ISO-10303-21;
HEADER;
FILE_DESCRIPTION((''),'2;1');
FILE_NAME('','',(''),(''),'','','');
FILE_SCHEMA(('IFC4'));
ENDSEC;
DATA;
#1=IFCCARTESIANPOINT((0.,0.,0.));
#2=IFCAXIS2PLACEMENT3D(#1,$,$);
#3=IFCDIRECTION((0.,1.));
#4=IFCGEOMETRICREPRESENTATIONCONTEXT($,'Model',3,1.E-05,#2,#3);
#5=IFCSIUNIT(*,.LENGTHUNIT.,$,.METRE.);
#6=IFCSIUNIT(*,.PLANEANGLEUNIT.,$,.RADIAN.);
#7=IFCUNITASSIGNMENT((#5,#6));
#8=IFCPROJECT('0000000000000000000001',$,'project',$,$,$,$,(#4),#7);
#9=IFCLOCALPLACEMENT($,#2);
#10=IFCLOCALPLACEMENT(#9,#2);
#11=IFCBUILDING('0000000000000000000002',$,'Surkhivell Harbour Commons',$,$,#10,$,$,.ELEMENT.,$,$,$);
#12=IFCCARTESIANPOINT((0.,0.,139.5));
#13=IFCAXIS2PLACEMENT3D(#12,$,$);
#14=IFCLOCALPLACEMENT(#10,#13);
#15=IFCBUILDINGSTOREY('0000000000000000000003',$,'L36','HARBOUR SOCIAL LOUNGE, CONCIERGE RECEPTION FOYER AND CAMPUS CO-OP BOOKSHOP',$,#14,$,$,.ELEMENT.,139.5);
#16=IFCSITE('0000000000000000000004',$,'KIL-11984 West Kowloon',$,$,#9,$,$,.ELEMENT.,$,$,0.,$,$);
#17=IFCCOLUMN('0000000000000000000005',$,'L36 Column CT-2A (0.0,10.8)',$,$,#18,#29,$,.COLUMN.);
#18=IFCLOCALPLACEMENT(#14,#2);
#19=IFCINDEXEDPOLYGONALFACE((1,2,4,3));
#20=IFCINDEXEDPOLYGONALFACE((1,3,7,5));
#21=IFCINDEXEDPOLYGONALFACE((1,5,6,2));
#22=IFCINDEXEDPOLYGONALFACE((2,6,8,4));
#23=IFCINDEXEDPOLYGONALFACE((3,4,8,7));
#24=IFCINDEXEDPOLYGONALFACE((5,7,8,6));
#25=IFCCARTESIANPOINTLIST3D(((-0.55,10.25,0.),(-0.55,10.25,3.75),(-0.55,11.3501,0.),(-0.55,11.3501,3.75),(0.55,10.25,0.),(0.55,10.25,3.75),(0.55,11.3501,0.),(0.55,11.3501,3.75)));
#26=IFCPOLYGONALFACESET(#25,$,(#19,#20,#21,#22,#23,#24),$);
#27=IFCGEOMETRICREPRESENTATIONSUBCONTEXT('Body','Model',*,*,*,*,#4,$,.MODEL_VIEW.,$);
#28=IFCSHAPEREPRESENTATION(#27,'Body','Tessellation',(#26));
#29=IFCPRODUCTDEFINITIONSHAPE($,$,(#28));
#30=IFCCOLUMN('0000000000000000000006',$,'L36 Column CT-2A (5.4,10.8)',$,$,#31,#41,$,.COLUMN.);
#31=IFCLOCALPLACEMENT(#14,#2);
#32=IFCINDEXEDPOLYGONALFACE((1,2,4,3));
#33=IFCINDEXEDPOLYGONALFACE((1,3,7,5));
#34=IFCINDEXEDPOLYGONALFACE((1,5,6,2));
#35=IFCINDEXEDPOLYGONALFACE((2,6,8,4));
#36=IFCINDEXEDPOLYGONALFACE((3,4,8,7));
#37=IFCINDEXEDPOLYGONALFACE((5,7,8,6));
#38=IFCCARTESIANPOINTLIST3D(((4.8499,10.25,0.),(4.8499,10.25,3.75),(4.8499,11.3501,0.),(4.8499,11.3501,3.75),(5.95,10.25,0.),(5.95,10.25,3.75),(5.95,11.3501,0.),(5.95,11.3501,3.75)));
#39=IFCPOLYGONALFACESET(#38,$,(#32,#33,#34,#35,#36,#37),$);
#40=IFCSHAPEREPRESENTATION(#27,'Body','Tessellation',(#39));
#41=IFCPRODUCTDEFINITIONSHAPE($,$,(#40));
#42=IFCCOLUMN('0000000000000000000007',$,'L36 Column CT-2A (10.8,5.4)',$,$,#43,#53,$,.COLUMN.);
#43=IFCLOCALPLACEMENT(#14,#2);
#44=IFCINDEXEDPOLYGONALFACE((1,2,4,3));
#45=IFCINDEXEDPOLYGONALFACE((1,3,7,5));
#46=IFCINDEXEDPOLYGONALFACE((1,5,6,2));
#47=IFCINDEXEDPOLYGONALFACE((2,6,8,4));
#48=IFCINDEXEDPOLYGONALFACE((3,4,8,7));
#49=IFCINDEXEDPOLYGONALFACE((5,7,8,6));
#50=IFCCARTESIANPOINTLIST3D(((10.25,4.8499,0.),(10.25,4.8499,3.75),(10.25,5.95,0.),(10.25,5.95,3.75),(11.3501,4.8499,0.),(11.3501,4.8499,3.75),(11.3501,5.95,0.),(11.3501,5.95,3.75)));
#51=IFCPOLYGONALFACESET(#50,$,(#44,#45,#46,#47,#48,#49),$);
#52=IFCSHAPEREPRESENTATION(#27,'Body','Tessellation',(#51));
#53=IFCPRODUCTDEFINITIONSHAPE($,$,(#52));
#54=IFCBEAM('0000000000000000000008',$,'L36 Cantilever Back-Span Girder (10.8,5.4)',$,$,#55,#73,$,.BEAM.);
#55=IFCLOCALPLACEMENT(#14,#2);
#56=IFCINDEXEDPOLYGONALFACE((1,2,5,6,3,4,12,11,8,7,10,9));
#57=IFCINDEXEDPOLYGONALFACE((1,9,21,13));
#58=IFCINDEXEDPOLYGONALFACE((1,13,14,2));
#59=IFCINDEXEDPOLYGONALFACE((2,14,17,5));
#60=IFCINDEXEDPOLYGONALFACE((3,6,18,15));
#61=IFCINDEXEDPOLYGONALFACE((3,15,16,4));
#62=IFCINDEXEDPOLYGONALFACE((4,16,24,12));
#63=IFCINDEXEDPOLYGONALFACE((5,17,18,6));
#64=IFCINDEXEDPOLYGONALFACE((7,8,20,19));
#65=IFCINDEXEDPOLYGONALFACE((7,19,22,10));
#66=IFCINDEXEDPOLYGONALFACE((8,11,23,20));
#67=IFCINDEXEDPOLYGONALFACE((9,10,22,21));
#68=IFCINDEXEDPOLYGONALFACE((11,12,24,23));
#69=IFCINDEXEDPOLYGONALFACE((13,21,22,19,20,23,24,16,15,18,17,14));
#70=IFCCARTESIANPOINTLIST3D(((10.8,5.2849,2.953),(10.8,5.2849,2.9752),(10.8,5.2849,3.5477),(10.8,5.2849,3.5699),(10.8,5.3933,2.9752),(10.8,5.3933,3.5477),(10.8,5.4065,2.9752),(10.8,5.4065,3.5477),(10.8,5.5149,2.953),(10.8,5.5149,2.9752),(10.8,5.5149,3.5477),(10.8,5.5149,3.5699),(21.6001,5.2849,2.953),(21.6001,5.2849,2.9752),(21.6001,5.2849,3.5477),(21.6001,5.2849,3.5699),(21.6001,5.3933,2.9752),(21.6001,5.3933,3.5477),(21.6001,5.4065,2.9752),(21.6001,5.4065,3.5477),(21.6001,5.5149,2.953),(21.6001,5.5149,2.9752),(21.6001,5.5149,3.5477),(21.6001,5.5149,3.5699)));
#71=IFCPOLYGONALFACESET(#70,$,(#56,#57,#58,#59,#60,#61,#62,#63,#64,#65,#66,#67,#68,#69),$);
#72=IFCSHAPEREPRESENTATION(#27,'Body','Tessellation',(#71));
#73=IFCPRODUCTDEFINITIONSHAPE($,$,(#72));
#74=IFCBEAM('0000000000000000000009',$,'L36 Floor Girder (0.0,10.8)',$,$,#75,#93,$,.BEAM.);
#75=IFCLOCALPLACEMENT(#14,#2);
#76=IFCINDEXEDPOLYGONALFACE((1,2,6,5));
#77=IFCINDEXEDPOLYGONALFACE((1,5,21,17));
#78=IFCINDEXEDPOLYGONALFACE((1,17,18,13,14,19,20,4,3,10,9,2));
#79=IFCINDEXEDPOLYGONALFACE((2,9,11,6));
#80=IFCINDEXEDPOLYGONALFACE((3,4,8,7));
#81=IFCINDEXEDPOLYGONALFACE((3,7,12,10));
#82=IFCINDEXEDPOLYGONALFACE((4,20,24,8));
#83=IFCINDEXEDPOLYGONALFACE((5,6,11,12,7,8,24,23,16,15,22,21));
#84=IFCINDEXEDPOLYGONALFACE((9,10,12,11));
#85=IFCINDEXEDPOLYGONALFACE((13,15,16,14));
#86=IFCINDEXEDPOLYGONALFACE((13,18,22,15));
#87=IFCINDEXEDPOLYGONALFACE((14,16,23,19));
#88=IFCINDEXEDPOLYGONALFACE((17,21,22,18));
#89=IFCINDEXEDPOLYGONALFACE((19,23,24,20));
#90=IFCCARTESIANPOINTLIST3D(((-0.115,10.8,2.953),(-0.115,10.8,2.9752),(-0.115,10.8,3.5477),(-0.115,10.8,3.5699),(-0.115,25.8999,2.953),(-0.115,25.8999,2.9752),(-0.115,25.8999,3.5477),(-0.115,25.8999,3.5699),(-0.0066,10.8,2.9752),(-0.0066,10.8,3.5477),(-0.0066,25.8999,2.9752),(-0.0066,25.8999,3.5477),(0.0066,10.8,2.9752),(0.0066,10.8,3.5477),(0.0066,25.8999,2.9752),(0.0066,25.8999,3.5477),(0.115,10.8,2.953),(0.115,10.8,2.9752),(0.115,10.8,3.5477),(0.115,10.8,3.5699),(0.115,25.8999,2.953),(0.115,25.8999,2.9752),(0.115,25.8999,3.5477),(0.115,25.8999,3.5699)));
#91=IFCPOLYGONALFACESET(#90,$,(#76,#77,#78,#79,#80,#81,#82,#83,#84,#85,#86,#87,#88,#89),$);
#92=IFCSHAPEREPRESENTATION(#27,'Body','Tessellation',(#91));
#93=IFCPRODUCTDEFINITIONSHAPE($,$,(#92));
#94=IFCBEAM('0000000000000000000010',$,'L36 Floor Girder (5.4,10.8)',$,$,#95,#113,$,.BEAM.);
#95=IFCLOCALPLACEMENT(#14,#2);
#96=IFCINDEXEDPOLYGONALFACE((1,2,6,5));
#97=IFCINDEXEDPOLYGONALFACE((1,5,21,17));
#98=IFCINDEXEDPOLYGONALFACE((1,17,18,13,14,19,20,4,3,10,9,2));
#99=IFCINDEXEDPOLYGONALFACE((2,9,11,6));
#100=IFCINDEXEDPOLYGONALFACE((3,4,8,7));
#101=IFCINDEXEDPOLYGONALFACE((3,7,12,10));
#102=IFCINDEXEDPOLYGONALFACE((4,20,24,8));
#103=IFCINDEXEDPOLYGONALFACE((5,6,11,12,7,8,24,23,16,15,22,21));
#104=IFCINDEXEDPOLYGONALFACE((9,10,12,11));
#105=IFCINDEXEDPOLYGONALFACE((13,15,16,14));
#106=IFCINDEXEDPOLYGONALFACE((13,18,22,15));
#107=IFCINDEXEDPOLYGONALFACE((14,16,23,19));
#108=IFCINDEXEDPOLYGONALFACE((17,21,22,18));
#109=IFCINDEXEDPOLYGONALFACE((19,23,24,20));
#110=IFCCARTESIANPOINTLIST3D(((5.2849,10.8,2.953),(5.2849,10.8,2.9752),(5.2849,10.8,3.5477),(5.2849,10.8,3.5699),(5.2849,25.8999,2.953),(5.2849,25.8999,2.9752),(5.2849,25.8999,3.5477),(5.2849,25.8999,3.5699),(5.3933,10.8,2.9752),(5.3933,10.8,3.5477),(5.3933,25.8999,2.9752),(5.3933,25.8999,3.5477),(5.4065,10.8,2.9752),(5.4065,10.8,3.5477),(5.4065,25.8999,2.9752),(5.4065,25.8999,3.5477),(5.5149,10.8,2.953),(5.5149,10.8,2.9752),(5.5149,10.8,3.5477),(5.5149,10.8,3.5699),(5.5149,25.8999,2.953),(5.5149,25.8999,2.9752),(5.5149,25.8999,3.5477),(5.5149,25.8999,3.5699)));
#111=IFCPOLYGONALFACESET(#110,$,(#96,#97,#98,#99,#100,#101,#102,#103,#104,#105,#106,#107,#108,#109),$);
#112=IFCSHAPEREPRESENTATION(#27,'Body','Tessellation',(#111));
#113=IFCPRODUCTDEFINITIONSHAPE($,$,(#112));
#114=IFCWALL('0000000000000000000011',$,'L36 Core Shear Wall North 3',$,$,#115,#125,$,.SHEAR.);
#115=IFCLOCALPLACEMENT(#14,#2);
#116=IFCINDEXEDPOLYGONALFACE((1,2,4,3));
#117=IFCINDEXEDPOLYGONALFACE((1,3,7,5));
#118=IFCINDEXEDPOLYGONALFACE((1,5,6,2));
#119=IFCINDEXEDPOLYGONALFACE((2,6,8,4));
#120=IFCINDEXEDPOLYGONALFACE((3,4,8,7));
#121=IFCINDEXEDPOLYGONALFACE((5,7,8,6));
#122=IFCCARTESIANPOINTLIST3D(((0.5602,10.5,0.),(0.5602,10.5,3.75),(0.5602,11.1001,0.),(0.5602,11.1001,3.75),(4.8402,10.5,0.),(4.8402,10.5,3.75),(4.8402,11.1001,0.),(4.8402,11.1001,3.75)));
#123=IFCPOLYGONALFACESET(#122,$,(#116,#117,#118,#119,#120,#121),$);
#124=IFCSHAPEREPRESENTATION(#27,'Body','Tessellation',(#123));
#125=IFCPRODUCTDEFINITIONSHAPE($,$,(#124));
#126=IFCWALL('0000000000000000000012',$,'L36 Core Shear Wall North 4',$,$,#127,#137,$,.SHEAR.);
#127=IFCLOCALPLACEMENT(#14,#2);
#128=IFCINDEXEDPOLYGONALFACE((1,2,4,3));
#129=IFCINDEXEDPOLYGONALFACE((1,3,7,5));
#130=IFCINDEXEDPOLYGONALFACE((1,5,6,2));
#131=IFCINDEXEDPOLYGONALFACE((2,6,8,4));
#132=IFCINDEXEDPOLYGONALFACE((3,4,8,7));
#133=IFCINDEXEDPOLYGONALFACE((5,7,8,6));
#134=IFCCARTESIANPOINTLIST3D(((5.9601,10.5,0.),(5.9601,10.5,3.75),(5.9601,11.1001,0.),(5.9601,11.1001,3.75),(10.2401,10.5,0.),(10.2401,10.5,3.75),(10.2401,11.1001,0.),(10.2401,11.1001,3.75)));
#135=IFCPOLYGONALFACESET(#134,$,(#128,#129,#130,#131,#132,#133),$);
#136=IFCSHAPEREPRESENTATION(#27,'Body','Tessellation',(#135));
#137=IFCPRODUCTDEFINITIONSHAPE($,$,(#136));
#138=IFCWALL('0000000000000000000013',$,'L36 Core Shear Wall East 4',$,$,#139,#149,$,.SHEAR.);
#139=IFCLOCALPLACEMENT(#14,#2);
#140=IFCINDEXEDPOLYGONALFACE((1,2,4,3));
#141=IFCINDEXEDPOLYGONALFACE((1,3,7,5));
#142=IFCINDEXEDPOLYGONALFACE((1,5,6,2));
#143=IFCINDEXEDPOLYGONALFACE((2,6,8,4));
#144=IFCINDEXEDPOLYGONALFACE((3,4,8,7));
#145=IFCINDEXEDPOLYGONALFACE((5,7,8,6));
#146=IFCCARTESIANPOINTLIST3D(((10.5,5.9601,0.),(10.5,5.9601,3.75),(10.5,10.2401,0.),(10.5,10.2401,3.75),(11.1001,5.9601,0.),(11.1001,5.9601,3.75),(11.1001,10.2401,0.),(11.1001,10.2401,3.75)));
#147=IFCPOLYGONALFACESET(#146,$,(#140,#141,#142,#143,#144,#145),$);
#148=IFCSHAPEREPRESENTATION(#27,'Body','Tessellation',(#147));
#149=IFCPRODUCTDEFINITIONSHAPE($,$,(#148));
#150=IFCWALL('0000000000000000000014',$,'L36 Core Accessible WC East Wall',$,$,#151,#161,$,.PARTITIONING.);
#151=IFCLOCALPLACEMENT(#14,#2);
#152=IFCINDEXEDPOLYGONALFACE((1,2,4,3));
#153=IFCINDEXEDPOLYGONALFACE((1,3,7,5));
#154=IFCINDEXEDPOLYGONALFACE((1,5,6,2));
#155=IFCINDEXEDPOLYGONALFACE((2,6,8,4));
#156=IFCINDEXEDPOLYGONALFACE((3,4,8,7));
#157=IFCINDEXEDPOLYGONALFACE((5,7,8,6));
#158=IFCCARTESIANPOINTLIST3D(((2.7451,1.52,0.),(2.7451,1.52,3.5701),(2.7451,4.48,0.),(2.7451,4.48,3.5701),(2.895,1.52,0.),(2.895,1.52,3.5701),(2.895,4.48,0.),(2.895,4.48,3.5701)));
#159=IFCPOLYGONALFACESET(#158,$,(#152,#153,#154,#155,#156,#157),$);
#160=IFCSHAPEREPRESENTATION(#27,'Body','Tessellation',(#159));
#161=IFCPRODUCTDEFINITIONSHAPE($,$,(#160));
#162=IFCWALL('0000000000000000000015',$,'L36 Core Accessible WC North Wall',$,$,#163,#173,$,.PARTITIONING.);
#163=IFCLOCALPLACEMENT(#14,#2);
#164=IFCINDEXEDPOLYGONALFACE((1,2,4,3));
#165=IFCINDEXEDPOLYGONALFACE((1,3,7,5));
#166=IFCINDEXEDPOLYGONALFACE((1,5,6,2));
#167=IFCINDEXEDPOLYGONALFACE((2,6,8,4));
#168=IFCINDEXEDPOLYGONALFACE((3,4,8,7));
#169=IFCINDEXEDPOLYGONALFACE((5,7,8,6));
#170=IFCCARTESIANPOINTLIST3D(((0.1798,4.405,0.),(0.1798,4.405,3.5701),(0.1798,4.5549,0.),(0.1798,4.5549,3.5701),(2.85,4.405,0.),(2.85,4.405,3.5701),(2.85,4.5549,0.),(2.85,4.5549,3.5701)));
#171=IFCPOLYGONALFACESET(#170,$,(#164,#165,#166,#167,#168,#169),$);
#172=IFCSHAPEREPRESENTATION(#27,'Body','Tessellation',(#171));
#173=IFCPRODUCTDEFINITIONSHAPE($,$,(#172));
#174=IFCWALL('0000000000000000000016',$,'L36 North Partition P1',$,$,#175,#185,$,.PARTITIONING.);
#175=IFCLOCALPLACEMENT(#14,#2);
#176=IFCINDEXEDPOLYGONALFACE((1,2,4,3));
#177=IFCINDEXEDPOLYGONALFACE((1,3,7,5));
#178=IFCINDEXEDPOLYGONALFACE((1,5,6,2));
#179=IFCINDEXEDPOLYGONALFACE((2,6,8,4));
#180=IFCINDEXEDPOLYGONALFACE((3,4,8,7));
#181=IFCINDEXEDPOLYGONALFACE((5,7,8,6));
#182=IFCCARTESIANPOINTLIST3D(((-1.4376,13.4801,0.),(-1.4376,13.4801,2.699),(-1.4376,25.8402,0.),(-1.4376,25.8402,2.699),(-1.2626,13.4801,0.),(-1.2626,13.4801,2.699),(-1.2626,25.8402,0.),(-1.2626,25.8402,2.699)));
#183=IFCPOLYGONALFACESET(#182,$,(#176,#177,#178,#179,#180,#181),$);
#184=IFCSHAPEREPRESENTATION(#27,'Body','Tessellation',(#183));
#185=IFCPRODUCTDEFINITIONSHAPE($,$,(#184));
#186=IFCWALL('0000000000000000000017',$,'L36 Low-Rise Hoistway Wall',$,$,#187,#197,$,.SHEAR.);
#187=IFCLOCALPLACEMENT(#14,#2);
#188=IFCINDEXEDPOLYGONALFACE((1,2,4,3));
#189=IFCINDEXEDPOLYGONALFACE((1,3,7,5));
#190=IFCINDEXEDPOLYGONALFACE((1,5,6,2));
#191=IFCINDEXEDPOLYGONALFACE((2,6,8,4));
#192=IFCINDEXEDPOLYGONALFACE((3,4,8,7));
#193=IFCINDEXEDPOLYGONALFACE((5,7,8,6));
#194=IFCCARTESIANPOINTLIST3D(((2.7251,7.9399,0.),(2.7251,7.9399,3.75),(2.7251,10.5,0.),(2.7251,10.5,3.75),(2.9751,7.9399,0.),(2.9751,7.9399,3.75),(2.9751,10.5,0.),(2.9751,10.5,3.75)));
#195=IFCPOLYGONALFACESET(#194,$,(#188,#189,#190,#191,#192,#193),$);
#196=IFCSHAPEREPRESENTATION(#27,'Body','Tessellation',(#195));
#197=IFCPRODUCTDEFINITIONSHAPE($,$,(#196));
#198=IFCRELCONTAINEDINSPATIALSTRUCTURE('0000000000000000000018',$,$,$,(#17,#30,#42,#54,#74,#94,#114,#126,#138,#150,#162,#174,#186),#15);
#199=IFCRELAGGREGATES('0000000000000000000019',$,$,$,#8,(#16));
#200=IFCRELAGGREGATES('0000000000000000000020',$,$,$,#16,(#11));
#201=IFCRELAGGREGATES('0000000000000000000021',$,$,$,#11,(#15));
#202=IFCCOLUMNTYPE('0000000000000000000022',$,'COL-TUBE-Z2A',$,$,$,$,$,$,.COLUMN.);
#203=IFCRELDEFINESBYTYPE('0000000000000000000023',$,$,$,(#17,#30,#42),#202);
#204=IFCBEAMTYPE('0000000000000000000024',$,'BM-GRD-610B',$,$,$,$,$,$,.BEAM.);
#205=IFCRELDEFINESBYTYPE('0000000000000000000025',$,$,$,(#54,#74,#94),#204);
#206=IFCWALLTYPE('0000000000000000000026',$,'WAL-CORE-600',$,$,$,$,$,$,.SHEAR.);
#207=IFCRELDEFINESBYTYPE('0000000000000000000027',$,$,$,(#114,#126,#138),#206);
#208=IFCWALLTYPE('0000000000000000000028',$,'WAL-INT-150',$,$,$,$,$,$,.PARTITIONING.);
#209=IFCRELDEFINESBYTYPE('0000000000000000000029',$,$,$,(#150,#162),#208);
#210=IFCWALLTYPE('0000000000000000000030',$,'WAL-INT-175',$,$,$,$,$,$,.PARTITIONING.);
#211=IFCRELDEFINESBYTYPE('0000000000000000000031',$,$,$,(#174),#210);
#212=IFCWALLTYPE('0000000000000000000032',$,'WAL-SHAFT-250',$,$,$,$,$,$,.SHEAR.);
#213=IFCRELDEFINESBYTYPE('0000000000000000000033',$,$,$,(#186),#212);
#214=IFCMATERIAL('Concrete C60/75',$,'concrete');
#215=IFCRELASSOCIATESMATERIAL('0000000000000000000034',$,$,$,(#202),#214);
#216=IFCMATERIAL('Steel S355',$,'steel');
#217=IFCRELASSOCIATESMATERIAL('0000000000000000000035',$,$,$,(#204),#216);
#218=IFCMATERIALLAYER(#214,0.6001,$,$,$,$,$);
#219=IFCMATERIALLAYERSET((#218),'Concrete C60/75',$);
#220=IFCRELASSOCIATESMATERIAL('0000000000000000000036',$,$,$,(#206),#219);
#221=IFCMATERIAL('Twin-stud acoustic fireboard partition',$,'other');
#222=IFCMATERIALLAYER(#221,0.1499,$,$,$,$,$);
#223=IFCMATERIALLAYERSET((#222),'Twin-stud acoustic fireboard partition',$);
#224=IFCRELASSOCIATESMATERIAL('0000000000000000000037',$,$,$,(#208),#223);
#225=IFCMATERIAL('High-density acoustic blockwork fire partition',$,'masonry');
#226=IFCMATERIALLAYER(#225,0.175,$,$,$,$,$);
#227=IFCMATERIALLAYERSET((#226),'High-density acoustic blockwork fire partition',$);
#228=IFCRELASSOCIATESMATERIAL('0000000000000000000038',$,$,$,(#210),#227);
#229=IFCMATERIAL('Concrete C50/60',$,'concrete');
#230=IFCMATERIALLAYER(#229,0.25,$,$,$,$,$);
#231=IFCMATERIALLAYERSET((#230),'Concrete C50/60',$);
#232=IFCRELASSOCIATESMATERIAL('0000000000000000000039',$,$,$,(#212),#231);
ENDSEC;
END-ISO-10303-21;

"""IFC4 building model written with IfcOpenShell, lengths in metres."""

from ifc_helpers import new_model, si_unit, direction, frame, frame_2d, origin, origin_2d, place, context, subcontext, project, spatial, rectangle, i_section, extrude, material, layer, layer_set, material_profile, profile_set, type_object, element, save


model = new_model("IFC4")

# Units and contexts
model_context = context("Model", 3, precision=1e-05, world=origin(), true_north=direction((0.0, 1.0)))
body_context = subcontext(model_context, "Body", "Model", "MODEL_VIEW")
ifc_project = project(units=[si_unit("LENGTHUNIT", "METRE"), si_unit("PLANEANGLEUNIT", "RADIAN")], contexts=[model_context])

# Site, building, storey
site_placement = place(None, origin())
site = spatial("IfcSite", under=ifc_project, at=site_placement, Name="KIL-11984 West Kowloon", CompositionType="ELEMENT", RefElevation=0.0)
building_placement = place(site_placement, origin())
building = spatial("IfcBuilding", under=site, at=building_placement, Name="Surkhivell Harbour Commons", CompositionType="ELEMENT")
storey_placement = place(building_placement, frame((0.0, 0.0, 139.5)))
storey = spatial("IfcBuildingStorey", under=building, at=storey_placement, Name="L36", Description="HARBOUR SOCIAL LOUNGE, CONCIERGE RECEPTION FOYER AND CAMPUS CO-OP BOOKSHOP", CompositionType="ELEMENT", Elevation=139.5)

# Columns
ifc_material_1 = material(Name="Concrete C60/75", Category="concrete")
ifc_material_profile_1 = material_profile(ifc_material_1, rectangle(XDim=1.1001, YDim=1.1001, at=origin_2d()), Name="RC-COL-1100x1100")
ifc_profile_set_1 = profile_set([ifc_material_profile_1], Name="Concrete C60/75")
column_type = type_object("IfcColumnType", Name="COL-TUBE-Z2A", PredefinedType="COLUMN", material=ifc_profile_set_1)
for number, where, z_axis, x_axis, name in (
    (1, (0.0, 10.8, 0.0), (0.0, 0.0, 1.0), (1.0, 0.0, 0.0), "L36 Column CT-2A (0.0,10.8)"),
    (2, (5.3999, 10.8, 0.0), (0.0, 0.0, 1.0), (1.0, 0.0, 0.0), "L36 Column CT-2A (5.4,10.8)"),
    (3, (10.8, 5.3999, 0.0), (0.0, 0.0, 1.0), (1.0, 0.0, 0.0), "L36 Column CT-2A (10.8,5.4)"),
):
    element("IfcColumn", number, at=place(storey_placement, frame(where, z_axis=z_axis, x_axis=x_axis)), inside=storey, type_object=column_type, Name=name, PredefinedType="COLUMN", context=body_context, shape_type="SweptSolid", body=[
        extrude(rectangle(XDim=1.1001, YDim=1.1001, at=origin_2d()), origin(), (0.0, 0.0, 1.0), 3.75),
    ])

# Beams
ifc_material_2 = material(Name="Steel S355", Category="steel")
ifc_material_profile_2 = material_profile(ifc_material_2, i_section(OverallWidth=0.23, OverallDepth=0.6169, WebThickness=0.0132, FlangeThickness=0.0222, at=origin_2d()), Name="UB610x229x140")
ifc_profile_set_2 = profile_set([ifc_material_profile_2], Name="Steel S355")
beam_type = type_object("IfcBeamType", Name="BM-GRD-610B", PredefinedType="BEAM", material=ifc_profile_set_2)
beam_placement = place(storey_placement, frame((10.8, 5.3999, 3.2615), z_axis=(1.0, 0.0, 0.0), x_axis=(0.0, 1.0, 0.0)))
element("IfcBeam", 4, at=beam_placement, inside=storey, type_object=beam_type, Name="L36 Cantilever Back-Span Girder (10.8,5.4)", PredefinedType="BEAM", context=body_context, shape_type="SweptSolid", body=[
    extrude(i_section(OverallWidth=0.23, OverallDepth=0.6169, WebThickness=0.0132, FlangeThickness=0.0222, at=origin_2d()), origin(), (0.0, 0.0, 1.0), 10.8),
])
for number, where, z_axis, x_axis, name in (
    (5, (0.0, 10.8, 3.2615), (0.0, 1.0, 0.0), (-1.0, 0.0, 0.0), "L36 Floor Girder (0.0,10.8)"),
    (6, (5.3999, 10.8, 3.2615), (0.0, 1.0, 0.0), (-1.0, 0.0, 0.0), "L36 Floor Girder (5.4,10.8)"),
):
    element("IfcBeam", number, at=place(storey_placement, frame(where, z_axis=z_axis, x_axis=x_axis)), inside=storey, type_object=beam_type, Name=name, PredefinedType="BEAM", context=body_context, shape_type="SweptSolid", body=[
        extrude(i_section(OverallWidth=0.23, OverallDepth=0.6169, WebThickness=0.0132, FlangeThickness=0.0222, at=origin_2d()), origin(), (0.0, 0.0, 1.0), 15.0999),
    ])

# Walls
ifc_layer_1 = layer(ifc_material_1, 0.6001)
ifc_layer_set_1 = layer_set([ifc_layer_1], Name="Concrete C60/75")
wall_type_1 = type_object("IfcWallType", Name="WAL-CORE-600", PredefinedType="SHEAR", material=ifc_layer_set_1)
for number, where, z_axis, x_axis, name in (
    (7, (0.5601, 10.8, 0.0), (0.0, 0.0, 1.0), (1.0, 0.0, 0.0), "L36 Core Shear Wall North 3"),
    (8, (5.96, 10.8, 0.0), (0.0, 0.0, 1.0), (1.0, 0.0, 0.0), "L36 Core Shear Wall North 4"),
    (9, (10.8, 5.96, 0.0), (0.0, 0.0, 1.0), (0.0, 1.0, 0.0), "L36 Core Shear Wall East 4"),
):
    element("IfcWall", number, at=place(storey_placement, frame(where, z_axis=z_axis, x_axis=x_axis)), inside=storey, type_object=wall_type_1, Name=name, PredefinedType="SHEAR", context=body_context, shape_type="SweptSolid", body=[
        extrude(rectangle(XDim=4.28, YDim=0.6001, at=frame_2d((2.1401, 0.0))), origin(), (0.0, 0.0, 1.0), 3.75),
    ])
ifc_material_3 = material(Name="Twin-stud acoustic fireboard partition", Category="other")
ifc_layer_2 = layer(ifc_material_3, 0.1499)
ifc_layer_set_2 = layer_set([ifc_layer_2], Name="Twin-stud acoustic fireboard partition")
wall_type_2 = type_object("IfcWallType", Name="WAL-INT-150", PredefinedType="PARTITIONING", material=ifc_layer_set_2)
wall_1_placement = place(storey_placement, frame((2.8201, 1.52, 0.0), z_axis=(0.0, 0.0, 1.0), x_axis=(0.0, 1.0, 0.0)))
element("IfcWall", 10, at=wall_1_placement, inside=storey, type_object=wall_type_2, Name="L36 Core Accessible WC East Wall", PredefinedType="PARTITIONING", context=body_context, shape_type="SweptSolid", body=[
    extrude(rectangle(XDim=2.96, YDim=0.1499, at=frame_2d((1.48, 0.0))), origin(), (0.0, 0.0, 1.0), 3.5701),
])
wall_2_placement = place(storey_placement, frame((0.1799, 4.48, 0.0), z_axis=(0.0, 0.0, 1.0), x_axis=(1.0, 0.0, 0.0)))
element("IfcWall", 11, at=wall_2_placement, inside=storey, type_object=wall_type_2, Name="L36 Core Accessible WC North Wall", PredefinedType="PARTITIONING", context=body_context, shape_type="SweptSolid", body=[
    extrude(rectangle(XDim=2.6702, YDim=0.1499, at=frame_2d((1.335, 0.0))), origin(), (0.0, 0.0, 1.0), 3.5701),
])
ifc_material_4 = material(Name="High-density acoustic blockwork fire partition", Category="masonry")
ifc_layer_3 = layer(ifc_material_4, 0.175)
ifc_layer_set_3 = layer_set([ifc_layer_3], Name="High-density acoustic blockwork fire partition")
wall_type_3 = type_object("IfcWallType", Name="WAL-INT-175", PredefinedType="PARTITIONING", material=ifc_layer_set_3)
wall_3_placement = place(storey_placement, frame((-1.3501, 13.48, 0.0), z_axis=(0.0, 0.0, 1.0), x_axis=(0.0, 1.0, 0.0)))
element("IfcWall", 12, at=wall_3_placement, inside=storey, type_object=wall_type_3, Name="L36 North Partition P1", PredefinedType="PARTITIONING", context=body_context, shape_type="SweptSolid", body=[
    extrude(rectangle(XDim=12.3601, YDim=0.175, at=frame_2d((6.1802, 0.0))), origin(), (0.0, 0.0, 1.0), 2.699),
])
ifc_material_5 = material(Name="Concrete C50/60", Category="concrete")
ifc_layer_4 = layer(ifc_material_5, 0.25)
ifc_layer_set_4 = layer_set([ifc_layer_4], Name="Concrete C50/60")
wall_type_4 = type_object("IfcWallType", Name="WAL-SHAFT-250", PredefinedType="SHEAR", material=ifc_layer_set_4)
wall_4_placement = place(storey_placement, frame((2.8501, 7.9399, 0.0), z_axis=(0.0, 0.0, 1.0), x_axis=(0.0, 1.0, 0.0)))
element("IfcWall", 13, at=wall_4_placement, inside=storey, type_object=wall_type_4, Name="L36 Low-Rise Hoistway Wall", PredefinedType="SHEAR", context=body_context, shape_type="SweptSolid", body=[
    extrude(rectangle(XDim=2.5601, YDim=0.25, at=frame_2d((1.28, 0.0))), origin(), (0.0, 0.0, 1.0), 3.75),
])

save(model, "model.ifc")
